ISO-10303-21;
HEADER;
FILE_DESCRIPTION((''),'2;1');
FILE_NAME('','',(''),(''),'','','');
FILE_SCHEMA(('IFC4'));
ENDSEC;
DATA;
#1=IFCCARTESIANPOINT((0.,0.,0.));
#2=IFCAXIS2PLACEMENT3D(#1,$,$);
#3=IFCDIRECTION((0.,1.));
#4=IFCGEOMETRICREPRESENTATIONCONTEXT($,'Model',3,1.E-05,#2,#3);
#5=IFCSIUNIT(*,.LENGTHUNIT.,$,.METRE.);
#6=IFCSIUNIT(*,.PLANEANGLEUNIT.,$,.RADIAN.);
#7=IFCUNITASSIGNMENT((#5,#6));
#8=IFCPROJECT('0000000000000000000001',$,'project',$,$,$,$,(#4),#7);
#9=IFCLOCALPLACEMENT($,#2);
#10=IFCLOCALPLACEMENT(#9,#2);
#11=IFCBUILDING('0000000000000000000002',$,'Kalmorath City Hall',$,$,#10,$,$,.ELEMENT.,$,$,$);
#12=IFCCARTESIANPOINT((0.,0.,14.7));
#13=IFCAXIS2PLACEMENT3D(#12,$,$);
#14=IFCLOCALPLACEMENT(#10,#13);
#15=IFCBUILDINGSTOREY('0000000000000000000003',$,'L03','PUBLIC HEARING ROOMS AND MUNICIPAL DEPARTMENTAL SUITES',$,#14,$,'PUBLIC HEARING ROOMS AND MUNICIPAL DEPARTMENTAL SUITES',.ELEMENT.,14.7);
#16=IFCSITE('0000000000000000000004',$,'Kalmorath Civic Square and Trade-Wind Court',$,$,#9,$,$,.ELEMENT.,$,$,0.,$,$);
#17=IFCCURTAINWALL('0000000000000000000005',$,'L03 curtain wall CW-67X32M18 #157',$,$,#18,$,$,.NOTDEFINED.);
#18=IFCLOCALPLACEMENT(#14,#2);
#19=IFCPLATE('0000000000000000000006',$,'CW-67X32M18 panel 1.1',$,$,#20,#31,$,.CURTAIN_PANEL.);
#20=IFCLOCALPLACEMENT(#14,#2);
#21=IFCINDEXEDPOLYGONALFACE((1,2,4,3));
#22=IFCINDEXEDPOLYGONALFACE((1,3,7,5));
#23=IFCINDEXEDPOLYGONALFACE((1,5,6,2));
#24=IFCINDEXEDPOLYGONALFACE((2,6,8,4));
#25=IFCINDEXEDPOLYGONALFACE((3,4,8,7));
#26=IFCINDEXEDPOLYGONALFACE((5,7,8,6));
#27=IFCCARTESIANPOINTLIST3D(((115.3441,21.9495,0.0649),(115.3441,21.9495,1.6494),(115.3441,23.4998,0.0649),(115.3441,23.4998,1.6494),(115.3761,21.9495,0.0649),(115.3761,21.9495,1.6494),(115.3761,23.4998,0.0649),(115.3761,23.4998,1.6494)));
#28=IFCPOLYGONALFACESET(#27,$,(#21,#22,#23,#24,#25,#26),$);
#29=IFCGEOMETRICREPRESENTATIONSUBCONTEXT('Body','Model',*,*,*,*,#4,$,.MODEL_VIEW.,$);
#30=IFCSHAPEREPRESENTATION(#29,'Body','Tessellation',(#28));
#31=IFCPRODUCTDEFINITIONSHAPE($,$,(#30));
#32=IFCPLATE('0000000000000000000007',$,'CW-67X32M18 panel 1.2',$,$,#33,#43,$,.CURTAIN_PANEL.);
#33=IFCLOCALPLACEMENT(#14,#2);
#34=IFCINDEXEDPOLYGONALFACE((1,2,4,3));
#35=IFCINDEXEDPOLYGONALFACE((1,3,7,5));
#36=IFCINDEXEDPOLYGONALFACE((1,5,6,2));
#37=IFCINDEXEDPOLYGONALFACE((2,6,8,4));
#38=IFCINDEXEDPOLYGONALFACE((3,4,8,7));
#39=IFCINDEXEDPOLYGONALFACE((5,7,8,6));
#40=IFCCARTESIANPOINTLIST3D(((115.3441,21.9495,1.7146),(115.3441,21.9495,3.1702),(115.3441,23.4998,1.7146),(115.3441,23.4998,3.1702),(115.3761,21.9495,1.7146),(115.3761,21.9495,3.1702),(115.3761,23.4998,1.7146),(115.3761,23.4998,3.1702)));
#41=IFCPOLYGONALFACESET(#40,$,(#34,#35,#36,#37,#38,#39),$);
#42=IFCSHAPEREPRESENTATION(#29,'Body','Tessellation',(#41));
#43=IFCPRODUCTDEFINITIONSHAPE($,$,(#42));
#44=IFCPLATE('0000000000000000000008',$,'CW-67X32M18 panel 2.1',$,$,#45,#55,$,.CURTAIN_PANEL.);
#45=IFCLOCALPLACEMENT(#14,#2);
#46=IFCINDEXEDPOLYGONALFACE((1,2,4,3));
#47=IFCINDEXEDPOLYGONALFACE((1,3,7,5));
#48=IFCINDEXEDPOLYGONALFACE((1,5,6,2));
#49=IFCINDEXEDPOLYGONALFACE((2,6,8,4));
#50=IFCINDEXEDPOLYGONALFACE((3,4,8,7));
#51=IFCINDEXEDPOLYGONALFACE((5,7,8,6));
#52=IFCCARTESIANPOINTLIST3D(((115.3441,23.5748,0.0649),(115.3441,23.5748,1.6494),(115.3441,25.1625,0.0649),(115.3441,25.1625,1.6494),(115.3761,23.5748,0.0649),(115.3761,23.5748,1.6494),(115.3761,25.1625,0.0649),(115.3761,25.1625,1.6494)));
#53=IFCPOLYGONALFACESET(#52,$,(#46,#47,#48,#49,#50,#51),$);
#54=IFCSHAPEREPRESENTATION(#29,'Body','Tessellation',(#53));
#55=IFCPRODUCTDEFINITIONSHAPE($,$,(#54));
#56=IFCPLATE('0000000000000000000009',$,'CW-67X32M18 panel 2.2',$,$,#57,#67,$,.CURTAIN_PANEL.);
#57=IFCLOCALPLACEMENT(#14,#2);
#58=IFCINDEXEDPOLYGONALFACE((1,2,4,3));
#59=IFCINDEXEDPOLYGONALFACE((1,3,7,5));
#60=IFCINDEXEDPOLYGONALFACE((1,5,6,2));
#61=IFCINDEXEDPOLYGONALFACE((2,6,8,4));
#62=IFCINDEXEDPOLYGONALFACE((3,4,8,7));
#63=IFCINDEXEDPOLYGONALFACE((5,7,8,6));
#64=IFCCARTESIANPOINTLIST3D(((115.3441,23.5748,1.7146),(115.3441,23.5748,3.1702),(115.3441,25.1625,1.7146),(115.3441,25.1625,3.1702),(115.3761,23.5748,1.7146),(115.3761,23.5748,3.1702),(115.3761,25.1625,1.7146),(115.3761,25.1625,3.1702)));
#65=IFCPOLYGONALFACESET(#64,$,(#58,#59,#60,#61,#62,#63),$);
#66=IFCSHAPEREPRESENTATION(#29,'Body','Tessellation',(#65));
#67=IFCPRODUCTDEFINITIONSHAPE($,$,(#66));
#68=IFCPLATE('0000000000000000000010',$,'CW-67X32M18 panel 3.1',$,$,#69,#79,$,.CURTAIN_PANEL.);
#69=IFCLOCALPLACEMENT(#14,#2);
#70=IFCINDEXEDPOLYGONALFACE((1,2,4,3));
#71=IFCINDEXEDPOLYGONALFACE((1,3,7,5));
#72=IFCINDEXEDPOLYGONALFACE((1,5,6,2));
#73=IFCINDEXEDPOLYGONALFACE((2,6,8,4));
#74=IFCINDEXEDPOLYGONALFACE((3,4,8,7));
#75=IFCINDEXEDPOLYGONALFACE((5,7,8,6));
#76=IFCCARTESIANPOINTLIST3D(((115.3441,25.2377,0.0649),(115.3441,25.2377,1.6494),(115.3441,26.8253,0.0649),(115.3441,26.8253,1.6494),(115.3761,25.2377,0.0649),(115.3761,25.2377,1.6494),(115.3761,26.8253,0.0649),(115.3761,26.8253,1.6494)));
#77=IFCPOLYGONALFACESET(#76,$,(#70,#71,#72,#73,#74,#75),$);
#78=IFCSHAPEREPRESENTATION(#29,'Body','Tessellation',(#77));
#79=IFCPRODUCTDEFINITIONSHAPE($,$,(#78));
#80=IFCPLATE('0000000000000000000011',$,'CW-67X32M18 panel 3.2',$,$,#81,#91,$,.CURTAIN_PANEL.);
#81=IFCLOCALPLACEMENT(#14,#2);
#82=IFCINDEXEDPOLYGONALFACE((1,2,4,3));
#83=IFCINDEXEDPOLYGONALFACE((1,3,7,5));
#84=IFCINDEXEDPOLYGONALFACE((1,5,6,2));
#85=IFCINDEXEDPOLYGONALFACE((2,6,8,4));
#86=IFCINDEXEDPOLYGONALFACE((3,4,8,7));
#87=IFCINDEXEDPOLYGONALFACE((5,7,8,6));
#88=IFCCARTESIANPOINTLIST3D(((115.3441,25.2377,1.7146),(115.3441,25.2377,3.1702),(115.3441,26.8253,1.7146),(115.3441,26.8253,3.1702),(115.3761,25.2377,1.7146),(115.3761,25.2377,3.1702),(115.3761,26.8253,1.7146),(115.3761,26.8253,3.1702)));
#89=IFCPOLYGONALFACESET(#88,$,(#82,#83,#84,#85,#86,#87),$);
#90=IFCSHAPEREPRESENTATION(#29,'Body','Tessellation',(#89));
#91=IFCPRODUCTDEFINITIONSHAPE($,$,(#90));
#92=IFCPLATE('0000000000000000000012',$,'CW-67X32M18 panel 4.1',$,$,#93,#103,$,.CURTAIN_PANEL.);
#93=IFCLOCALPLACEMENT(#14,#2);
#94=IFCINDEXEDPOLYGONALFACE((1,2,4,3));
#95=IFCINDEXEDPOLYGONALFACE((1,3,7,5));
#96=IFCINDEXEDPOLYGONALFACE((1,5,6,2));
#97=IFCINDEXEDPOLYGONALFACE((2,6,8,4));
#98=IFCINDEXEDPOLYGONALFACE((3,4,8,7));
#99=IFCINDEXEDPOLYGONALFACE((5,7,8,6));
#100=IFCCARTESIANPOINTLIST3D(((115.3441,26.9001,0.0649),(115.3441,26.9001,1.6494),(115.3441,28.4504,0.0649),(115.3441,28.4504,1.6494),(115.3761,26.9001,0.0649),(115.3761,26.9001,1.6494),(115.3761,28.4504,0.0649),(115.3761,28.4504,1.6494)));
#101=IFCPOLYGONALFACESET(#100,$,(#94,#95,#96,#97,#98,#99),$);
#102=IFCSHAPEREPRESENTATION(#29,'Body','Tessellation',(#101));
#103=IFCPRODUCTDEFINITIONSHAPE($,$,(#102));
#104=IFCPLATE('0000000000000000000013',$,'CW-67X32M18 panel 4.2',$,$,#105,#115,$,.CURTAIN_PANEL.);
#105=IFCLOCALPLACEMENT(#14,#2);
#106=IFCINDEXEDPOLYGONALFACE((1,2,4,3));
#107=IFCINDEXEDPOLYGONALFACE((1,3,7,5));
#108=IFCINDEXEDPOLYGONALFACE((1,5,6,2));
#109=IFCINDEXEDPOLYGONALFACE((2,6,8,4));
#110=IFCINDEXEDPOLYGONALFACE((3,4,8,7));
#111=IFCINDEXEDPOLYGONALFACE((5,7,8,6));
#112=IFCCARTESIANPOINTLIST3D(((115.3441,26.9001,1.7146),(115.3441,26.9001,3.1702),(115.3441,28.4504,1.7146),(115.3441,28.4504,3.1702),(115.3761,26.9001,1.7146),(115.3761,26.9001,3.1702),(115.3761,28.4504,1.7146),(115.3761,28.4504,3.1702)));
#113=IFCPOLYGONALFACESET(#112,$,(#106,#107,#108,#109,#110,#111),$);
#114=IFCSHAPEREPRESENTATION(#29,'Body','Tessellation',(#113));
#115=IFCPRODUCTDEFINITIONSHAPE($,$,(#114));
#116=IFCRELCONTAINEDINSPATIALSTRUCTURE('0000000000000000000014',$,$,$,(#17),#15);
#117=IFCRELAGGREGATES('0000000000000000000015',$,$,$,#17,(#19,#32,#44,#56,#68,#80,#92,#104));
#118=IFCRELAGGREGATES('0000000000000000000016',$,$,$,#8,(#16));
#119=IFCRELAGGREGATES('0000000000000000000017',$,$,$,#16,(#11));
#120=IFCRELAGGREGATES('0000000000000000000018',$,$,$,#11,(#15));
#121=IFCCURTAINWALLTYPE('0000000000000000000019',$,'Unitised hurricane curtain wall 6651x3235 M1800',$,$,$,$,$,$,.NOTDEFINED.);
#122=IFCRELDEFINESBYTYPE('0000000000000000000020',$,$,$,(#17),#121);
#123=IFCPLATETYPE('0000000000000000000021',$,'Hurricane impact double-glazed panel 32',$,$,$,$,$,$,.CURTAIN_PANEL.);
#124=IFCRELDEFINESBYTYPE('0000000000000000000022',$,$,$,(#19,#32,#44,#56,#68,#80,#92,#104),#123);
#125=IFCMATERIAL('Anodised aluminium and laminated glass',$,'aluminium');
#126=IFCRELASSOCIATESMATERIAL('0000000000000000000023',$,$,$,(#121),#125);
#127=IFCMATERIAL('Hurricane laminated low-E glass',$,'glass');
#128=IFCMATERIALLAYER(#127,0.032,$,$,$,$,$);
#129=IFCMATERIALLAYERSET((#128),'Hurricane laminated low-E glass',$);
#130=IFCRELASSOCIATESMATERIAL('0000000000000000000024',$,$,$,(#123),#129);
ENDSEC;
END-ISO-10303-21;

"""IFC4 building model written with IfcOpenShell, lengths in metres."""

from ifc_helpers import new_model, si_unit, direction, frame, origin, origin_2d, place, context, subcontext, project, spatial, rectangle, extrude, material, layer, layer_set, type_object, element, aggregate, save


model = new_model("IFC4")

# Units and contexts
model_context = context("Model", 3, precision=1e-05, world=origin(), true_north=direction((0.0, 1.0)))
body_context = subcontext(model_context, "Body", "Model", "MODEL_VIEW")
ifc_project = project(units=[si_unit("LENGTHUNIT", "METRE"), si_unit("PLANEANGLEUNIT", "RADIAN")], contexts=[model_context])

# Site, building, storey
site_placement = place(None, origin())
site = spatial("IfcSite", under=ifc_project, at=site_placement, Name="Kalmorath Civic Square and Trade-Wind Court", CompositionType="ELEMENT", RefElevation=0.0)
building_placement = place(site_placement, origin())
building = spatial("IfcBuilding", under=site, at=building_placement, Name="Kalmorath City Hall", CompositionType="ELEMENT")
storey_placement = place(building_placement, frame((0.0, 0.0, 14.7)))
storey = spatial("IfcBuildingStorey", under=building, at=storey_placement, Name="L03", Description="PUBLIC HEARING ROOMS AND MUNICIPAL DEPARTMENTAL SUITES", LongName="PUBLIC HEARING ROOMS AND MUNICIPAL DEPARTMENTAL SUITES", CompositionType="ELEMENT", Elevation=14.7)

# Curtain wall
ifc_material_1 = material(Name="Anodised aluminium and laminated glass", Category="aluminium")
curtain_wall_type_1 = type_object("IfcCurtainWallType", Name="Unitised hurricane curtain wall 6651x3235 M1800", PredefinedType="NOTDEFINED", material=ifc_material_1)
curtain_wall_1_placement = place(storey_placement, origin())
curtain_wall_1 = element("IfcCurtainWall", 1, at=curtain_wall_1_placement, inside=storey, type_object=curtain_wall_type_1, Name="L03 curtain wall CW-67X32M18 #157", PredefinedType="NOTDEFINED")

# Plates
ifc_material_2 = material(Name="Hurricane laminated low-E glass", Category="glass")
ifc_layer = layer(ifc_material_2, 0.032)
ifc_layer_set = layer_set([ifc_layer], Name="Hurricane laminated low-E glass")
plate_type = type_object("IfcPlateType", Name="Hurricane impact double-glazed panel 32", PredefinedType="CURTAIN_PANEL", material=ifc_layer_set)
plate_1_placement = place(storey_placement, frame((115.3601, 22.7246, 0.0649), z_axis=(0.0, 0.0, 1.0), x_axis=(0.0, 1.0, 0.0)))
plate_1 = element("IfcPlate", 2, at=plate_1_placement, type_object=plate_type, Name="CW-67X32M18 panel 1.1", PredefinedType="CURTAIN_PANEL", context=body_context, shape_type="SweptSolid", body=[
    extrude(rectangle(XDim=1.5503, YDim=0.032, at=origin_2d()), origin(), (0.0, 0.0, 1.0), 1.5845),
])
plate_2_placement = place(storey_placement, frame((115.3601, 22.7246, 1.7146), z_axis=(0.0, 0.0, 1.0), x_axis=(0.0, 1.0, 0.0)))
plate_2 = element("IfcPlate", 3, at=plate_2_placement, type_object=plate_type, Name="CW-67X32M18 panel 1.2", PredefinedType="CURTAIN_PANEL", context=body_context, shape_type="SweptSolid", body=[
    extrude(rectangle(XDim=1.5503, YDim=0.032, at=origin_2d()), origin(), (0.0, 0.0, 1.0), 1.4556),
])
plate_3_placement = place(storey_placement, frame((115.3601, 24.3687, 0.0649), z_axis=(0.0, 0.0, 1.0), x_axis=(0.0, 1.0, 0.0)))
plate_3 = element("IfcPlate", 4, at=plate_3_placement, type_object=plate_type, Name="CW-67X32M18 panel 2.1", PredefinedType="CURTAIN_PANEL", context=body_context, shape_type="SweptSolid", body=[
    extrude(rectangle(XDim=1.5876, YDim=0.032, at=origin_2d()), origin(), (0.0, 0.0, 1.0), 1.5845),
])
plate_4_placement = place(storey_placement, frame((115.3601, 24.3687, 1.7146), z_axis=(0.0, 0.0, 1.0), x_axis=(0.0, 1.0, 0.0)))
plate_4 = element("IfcPlate", 5, at=plate_4_placement, type_object=plate_type, Name="CW-67X32M18 panel 2.2", PredefinedType="CURTAIN_PANEL", context=body_context, shape_type="SweptSolid", body=[
    extrude(rectangle(XDim=1.5876, YDim=0.032, at=origin_2d()), origin(), (0.0, 0.0, 1.0), 1.4556),
])
plate_5_placement = place(storey_placement, frame((115.3601, 26.0315, 0.0649), z_axis=(0.0, 0.0, 1.0), x_axis=(0.0, 1.0, 0.0)))
plate_5 = element("IfcPlate", 6, at=plate_5_placement, type_object=plate_type, Name="CW-67X32M18 panel 3.1", PredefinedType="CURTAIN_PANEL", context=body_context, shape_type="SweptSolid", body=[
    extrude(rectangle(XDim=1.5876, YDim=0.032, at=origin_2d()), origin(), (0.0, 0.0, 1.0), 1.5845),
])
plate_6_placement = place(storey_placement, frame((115.3601, 26.0315, 1.7146), z_axis=(0.0, 0.0, 1.0), x_axis=(0.0, 1.0, 0.0)))
plate_6 = element("IfcPlate", 7, at=plate_6_placement, type_object=plate_type, Name="CW-67X32M18 panel 3.2", PredefinedType="CURTAIN_PANEL", context=body_context, shape_type="SweptSolid", body=[
    extrude(rectangle(XDim=1.5876, YDim=0.032, at=origin_2d()), origin(), (0.0, 0.0, 1.0), 1.4556),
])
plate_7_placement = place(storey_placement, frame((115.3601, 27.6753, 0.0649), z_axis=(0.0, 0.0, 1.0), x_axis=(0.0, 1.0, 0.0)))
plate_7 = element("IfcPlate", 8, at=plate_7_placement, type_object=plate_type, Name="CW-67X32M18 panel 4.1", PredefinedType="CURTAIN_PANEL", context=body_context, shape_type="SweptSolid", body=[
    extrude(rectangle(XDim=1.5503, YDim=0.032, at=origin_2d()), origin(), (0.0, 0.0, 1.0), 1.5845),
])
plate_8_placement = place(storey_placement, frame((115.3601, 27.6753, 1.7146), z_axis=(0.0, 0.0, 1.0), x_axis=(0.0, 1.0, 0.0)))
plate_8 = element("IfcPlate", 9, at=plate_8_placement, type_object=plate_type, Name="CW-67X32M18 panel 4.2", PredefinedType="CURTAIN_PANEL", context=body_context, shape_type="SweptSolid", body=[
    extrude(rectangle(XDim=1.5503, YDim=0.032, at=origin_2d()), origin(), (0.0, 0.0, 1.0), 1.4556),
])
aggregate(curtain_wall_1, [plate_1, plate_2, plate_3, plate_4, plate_5, plate_6, plate_7, plate_8])

save(model, "model.ifc")
